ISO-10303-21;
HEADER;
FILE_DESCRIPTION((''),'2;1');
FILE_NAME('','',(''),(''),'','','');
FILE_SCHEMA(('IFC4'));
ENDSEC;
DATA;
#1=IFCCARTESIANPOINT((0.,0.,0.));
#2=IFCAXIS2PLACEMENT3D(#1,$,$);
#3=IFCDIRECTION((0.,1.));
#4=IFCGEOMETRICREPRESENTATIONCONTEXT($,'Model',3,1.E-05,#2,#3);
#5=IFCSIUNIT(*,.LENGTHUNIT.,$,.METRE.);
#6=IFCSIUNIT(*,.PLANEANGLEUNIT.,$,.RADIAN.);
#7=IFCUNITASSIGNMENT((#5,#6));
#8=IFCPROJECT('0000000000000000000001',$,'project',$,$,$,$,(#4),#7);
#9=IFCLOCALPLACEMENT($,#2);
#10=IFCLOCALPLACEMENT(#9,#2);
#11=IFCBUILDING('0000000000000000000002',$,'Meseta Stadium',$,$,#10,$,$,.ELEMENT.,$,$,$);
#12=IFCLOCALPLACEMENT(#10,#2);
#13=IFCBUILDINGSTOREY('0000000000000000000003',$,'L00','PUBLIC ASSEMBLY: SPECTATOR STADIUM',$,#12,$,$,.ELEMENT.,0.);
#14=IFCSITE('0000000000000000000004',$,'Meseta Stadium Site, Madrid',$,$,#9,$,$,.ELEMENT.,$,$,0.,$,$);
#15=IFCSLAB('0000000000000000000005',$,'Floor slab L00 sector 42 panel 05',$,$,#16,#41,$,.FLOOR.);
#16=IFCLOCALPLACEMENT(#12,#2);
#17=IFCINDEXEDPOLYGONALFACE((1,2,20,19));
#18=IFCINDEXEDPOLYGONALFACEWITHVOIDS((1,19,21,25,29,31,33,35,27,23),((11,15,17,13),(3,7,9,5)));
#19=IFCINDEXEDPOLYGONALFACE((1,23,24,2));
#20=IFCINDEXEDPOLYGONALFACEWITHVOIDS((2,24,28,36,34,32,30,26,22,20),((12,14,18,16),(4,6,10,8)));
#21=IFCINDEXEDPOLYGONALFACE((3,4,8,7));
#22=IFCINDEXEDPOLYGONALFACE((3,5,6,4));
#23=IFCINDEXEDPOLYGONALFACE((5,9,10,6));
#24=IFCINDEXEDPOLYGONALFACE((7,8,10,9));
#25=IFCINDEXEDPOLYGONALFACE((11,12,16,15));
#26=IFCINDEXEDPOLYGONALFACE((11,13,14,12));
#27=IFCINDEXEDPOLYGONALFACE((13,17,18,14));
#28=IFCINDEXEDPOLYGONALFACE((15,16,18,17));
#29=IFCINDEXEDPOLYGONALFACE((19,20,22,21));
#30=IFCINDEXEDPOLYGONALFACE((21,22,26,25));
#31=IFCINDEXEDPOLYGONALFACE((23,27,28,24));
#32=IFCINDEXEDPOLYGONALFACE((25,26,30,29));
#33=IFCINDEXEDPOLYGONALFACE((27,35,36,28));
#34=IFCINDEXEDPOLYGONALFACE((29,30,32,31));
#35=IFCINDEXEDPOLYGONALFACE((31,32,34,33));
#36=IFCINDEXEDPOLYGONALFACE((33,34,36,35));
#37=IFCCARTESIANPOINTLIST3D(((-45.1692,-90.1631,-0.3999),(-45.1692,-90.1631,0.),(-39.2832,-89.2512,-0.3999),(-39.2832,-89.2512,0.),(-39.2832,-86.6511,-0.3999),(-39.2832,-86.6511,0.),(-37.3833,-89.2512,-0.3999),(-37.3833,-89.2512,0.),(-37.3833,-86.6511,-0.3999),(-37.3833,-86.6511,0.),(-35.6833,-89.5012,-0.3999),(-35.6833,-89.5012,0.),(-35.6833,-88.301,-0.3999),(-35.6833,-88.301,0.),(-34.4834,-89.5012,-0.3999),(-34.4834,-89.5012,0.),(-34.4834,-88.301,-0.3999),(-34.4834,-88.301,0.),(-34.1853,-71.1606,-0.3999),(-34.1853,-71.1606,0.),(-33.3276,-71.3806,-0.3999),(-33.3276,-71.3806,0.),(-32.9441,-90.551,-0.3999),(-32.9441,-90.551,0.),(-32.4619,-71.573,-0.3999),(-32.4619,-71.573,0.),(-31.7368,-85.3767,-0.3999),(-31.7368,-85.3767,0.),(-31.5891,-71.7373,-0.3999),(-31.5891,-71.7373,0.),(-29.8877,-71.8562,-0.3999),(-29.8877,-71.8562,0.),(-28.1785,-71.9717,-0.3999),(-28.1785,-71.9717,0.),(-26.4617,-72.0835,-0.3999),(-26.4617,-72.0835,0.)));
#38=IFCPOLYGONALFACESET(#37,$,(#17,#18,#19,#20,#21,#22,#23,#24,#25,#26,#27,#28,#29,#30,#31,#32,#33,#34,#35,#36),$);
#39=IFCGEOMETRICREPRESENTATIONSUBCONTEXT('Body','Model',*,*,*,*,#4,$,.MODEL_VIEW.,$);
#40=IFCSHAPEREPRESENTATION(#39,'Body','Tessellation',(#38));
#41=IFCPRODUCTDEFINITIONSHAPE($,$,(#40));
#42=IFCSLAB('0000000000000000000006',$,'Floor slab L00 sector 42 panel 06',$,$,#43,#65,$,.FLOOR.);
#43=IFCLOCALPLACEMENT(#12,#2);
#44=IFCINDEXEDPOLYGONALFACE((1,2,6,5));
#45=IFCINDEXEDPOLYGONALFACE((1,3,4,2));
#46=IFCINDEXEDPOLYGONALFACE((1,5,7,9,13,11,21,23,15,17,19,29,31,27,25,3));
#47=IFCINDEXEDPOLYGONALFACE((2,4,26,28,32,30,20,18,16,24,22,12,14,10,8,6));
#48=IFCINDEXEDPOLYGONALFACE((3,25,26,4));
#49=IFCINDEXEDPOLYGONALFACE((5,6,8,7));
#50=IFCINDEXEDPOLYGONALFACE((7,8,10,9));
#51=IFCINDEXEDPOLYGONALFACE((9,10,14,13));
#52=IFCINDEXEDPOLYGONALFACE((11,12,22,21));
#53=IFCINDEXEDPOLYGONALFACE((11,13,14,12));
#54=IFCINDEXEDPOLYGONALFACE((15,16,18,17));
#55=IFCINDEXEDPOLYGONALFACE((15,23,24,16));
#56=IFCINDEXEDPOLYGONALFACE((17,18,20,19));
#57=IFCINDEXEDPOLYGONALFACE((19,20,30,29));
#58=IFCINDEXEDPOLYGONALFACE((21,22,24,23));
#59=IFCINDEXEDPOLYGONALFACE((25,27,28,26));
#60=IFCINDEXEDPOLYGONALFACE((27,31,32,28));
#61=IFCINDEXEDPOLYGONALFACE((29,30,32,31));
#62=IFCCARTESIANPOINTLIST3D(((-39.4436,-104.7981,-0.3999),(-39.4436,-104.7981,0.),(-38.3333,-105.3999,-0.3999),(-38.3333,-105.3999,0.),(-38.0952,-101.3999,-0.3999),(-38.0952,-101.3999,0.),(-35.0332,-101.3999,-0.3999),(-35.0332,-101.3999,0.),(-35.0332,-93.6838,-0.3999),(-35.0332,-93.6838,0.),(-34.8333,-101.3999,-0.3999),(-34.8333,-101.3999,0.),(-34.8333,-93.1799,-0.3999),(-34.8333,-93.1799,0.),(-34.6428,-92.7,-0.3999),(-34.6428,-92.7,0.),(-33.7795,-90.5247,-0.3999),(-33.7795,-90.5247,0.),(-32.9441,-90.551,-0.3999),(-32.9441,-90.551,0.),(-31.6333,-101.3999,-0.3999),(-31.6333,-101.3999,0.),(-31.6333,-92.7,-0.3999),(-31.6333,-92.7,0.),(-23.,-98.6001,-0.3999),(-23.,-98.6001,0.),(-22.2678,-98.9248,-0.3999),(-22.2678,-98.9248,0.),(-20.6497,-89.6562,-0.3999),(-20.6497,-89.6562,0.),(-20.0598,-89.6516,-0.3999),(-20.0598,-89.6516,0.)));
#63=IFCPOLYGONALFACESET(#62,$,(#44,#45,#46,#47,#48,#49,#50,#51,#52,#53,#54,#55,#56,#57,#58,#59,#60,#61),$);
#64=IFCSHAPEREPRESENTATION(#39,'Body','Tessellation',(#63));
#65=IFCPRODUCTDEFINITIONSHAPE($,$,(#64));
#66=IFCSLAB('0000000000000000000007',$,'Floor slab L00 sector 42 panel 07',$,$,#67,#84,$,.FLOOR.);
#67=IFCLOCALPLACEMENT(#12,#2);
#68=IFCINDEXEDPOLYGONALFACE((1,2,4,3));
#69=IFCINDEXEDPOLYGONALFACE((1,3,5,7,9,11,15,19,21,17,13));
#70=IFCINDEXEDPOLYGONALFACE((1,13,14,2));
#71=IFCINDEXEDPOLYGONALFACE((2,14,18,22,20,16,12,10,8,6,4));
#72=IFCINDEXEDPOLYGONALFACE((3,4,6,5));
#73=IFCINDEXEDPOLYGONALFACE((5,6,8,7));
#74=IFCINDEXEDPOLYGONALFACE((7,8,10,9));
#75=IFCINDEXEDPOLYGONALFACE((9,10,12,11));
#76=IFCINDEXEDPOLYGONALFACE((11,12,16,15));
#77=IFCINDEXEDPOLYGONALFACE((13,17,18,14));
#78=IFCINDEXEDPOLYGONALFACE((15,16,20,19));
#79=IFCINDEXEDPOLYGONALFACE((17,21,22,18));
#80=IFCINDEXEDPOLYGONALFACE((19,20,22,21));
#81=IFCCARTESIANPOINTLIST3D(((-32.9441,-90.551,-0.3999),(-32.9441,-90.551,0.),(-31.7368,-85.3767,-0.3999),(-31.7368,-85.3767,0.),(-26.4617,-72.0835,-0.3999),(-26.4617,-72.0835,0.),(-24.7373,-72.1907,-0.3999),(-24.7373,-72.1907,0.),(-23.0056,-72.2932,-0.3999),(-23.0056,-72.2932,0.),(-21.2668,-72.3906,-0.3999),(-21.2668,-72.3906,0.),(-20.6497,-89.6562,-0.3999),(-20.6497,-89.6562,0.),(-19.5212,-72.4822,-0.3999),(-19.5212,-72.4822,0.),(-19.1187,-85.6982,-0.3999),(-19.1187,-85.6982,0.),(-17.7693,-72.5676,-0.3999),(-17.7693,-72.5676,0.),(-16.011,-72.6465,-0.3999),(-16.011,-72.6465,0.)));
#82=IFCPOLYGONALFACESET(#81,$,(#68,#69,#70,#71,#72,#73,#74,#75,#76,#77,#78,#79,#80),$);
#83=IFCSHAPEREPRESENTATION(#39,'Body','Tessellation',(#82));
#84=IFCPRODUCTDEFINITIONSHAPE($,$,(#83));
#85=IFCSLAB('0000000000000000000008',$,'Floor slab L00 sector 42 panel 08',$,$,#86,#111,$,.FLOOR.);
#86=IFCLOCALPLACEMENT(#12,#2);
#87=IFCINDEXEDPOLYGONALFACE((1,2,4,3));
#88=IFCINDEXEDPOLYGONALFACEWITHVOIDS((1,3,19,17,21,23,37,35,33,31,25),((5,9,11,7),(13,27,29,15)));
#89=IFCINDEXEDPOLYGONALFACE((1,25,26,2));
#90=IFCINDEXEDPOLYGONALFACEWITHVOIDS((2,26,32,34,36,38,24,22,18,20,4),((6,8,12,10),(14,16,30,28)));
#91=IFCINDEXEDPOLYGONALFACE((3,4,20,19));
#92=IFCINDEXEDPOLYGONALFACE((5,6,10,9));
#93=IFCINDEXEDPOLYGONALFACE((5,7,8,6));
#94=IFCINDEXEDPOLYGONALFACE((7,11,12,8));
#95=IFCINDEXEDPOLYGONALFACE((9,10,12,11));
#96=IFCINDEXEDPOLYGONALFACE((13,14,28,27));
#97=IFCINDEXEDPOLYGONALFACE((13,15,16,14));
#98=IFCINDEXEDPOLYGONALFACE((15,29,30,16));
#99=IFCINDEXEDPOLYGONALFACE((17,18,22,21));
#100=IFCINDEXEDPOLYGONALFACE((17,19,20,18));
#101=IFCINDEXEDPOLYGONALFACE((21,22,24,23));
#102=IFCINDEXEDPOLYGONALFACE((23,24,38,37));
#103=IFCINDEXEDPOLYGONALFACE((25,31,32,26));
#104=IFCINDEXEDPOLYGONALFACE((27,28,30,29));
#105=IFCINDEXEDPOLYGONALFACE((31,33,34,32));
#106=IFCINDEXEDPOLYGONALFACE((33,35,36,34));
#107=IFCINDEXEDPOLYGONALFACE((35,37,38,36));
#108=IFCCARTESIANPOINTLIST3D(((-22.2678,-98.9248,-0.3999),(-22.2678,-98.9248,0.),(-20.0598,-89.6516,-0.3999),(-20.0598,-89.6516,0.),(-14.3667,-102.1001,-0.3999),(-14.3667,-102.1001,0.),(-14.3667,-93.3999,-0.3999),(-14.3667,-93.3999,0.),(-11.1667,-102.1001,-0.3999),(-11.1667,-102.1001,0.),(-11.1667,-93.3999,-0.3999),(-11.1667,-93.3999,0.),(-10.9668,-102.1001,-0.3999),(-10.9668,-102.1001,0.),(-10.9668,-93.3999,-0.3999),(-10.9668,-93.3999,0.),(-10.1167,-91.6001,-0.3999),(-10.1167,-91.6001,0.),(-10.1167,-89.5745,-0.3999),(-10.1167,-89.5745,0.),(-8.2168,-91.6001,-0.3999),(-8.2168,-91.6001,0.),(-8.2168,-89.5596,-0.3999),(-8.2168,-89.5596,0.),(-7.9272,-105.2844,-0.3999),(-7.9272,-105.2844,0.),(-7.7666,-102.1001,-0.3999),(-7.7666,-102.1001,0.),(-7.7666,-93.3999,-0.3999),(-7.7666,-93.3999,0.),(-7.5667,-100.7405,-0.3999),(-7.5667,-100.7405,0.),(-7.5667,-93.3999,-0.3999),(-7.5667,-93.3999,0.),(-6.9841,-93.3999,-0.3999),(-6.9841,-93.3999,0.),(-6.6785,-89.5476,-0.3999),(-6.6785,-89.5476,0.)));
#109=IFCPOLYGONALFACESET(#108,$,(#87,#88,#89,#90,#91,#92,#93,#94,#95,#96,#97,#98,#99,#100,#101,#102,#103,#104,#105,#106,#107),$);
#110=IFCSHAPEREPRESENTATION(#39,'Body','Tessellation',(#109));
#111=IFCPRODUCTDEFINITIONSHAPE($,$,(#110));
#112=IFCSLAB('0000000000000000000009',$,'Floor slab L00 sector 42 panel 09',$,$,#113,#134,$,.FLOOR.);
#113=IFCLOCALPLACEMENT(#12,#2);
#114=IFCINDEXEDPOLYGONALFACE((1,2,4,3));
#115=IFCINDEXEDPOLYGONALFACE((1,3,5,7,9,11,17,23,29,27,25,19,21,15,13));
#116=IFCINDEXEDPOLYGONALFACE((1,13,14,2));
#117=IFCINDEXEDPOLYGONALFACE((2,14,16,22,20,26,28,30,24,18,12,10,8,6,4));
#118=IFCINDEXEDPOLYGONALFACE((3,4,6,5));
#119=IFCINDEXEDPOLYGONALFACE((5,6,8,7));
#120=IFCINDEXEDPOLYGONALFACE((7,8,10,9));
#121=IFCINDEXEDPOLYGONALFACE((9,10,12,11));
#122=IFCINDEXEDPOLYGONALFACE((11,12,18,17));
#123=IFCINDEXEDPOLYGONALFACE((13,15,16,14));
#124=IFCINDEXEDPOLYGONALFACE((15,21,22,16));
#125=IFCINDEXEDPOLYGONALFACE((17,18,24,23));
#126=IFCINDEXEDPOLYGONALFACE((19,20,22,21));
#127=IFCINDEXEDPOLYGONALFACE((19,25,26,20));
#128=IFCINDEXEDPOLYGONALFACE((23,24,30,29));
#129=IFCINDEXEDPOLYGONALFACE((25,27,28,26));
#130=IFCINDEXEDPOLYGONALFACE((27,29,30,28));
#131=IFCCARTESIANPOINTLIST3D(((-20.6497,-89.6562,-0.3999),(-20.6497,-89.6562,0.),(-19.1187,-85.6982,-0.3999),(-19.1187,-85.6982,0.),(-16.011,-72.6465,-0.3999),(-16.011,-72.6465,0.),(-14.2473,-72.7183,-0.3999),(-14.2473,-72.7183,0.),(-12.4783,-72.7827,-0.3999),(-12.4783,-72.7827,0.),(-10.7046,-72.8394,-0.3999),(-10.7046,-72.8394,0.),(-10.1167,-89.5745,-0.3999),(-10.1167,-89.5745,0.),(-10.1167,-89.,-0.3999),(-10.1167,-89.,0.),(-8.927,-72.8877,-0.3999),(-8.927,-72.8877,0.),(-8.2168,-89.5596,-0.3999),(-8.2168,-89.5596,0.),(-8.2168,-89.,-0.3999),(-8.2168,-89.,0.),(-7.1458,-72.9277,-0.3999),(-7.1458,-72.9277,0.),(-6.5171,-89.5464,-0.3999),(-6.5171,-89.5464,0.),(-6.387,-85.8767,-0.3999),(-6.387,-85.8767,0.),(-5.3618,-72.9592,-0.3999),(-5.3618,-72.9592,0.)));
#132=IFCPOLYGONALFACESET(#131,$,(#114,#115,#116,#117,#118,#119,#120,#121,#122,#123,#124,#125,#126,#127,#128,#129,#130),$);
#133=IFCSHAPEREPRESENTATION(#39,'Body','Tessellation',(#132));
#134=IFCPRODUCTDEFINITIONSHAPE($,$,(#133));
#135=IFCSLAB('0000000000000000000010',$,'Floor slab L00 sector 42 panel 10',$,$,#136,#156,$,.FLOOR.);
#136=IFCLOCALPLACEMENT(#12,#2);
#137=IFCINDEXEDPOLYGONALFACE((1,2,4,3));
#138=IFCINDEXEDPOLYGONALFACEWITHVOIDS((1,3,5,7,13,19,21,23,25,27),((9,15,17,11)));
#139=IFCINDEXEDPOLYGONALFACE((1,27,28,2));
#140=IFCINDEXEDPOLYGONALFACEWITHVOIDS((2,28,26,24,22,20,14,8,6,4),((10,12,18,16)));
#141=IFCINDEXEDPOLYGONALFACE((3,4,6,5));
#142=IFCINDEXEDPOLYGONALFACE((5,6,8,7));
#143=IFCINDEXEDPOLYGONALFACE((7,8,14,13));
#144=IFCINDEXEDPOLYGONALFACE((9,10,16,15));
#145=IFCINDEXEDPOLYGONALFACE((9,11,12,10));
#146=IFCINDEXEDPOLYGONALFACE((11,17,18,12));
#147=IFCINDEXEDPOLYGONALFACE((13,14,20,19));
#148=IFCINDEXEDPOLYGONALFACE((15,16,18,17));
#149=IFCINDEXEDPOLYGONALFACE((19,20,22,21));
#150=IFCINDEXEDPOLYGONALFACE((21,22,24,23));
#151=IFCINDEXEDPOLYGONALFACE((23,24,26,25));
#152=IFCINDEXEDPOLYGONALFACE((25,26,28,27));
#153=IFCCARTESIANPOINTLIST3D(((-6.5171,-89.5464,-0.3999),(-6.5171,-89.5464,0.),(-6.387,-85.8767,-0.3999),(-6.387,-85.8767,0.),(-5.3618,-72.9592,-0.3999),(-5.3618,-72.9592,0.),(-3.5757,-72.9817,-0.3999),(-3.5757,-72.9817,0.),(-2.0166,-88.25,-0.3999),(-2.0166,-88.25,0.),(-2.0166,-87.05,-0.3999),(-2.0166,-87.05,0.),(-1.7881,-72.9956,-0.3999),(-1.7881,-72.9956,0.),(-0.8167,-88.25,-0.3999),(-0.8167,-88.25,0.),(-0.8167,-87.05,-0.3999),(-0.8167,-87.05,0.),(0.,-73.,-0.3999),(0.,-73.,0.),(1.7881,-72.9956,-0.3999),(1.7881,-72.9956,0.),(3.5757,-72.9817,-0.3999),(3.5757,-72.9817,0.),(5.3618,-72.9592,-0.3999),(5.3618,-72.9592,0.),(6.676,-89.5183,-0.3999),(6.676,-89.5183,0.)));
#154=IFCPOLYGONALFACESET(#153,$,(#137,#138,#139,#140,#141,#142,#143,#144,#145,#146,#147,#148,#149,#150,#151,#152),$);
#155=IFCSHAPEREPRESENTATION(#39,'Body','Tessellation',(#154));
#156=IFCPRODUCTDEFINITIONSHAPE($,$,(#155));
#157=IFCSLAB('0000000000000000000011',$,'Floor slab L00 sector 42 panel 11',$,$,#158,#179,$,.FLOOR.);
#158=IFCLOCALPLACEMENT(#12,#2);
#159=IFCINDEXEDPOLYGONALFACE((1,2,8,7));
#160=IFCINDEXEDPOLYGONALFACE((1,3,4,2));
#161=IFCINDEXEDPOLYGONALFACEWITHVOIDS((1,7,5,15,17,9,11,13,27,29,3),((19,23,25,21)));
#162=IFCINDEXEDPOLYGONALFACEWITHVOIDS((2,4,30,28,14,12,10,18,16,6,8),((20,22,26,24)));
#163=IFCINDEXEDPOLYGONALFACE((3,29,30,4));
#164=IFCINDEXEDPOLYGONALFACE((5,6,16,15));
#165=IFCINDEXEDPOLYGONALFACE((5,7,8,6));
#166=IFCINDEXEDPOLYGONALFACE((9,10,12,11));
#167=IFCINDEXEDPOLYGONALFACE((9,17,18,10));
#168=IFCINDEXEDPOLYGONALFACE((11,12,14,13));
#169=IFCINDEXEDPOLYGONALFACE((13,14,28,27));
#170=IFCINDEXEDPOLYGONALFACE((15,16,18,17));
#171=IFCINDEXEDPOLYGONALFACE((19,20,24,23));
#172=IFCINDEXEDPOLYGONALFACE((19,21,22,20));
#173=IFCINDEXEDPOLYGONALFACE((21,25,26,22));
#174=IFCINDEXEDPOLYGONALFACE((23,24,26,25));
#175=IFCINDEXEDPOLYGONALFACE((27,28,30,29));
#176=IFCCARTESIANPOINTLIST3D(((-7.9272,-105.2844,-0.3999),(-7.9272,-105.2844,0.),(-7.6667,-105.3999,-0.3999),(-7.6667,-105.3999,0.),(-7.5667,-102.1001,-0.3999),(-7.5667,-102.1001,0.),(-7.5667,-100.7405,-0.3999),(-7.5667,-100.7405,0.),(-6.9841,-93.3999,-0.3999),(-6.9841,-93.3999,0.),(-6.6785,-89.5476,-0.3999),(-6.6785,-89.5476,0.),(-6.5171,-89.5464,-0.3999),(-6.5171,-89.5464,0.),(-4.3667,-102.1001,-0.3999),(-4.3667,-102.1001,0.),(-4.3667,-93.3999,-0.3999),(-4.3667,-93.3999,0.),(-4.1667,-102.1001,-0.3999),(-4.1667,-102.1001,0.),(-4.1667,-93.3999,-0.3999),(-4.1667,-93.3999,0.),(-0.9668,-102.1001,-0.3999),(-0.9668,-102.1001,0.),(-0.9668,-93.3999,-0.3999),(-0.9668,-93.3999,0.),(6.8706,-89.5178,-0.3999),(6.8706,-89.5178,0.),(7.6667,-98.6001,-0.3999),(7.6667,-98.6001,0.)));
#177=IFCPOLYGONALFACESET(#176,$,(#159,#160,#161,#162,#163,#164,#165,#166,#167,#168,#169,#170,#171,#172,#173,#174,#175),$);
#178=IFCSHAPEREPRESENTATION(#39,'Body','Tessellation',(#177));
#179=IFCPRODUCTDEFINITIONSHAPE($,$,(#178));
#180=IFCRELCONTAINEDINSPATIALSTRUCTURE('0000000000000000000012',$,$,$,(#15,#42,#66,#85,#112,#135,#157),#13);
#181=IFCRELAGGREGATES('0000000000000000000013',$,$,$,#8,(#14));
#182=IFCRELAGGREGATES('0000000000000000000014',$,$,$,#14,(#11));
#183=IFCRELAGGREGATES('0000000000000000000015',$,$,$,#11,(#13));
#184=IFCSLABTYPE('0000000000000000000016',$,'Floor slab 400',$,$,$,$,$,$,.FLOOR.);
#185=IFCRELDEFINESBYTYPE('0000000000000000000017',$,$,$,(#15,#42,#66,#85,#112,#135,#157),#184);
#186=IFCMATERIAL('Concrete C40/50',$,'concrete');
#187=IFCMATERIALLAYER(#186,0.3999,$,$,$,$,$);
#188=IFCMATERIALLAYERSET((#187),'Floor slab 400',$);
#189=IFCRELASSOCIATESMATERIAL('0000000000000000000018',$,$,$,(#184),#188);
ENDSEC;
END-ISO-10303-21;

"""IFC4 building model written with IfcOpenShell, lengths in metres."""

from ifc_helpers import new_model, si_unit, direction, frame, origin, place, context, subcontext, project, spatial, polyline, outline, extrude, material, layer, layer_set, type_object, element, save


model = new_model("IFC4")

# Units and contexts
model_context = context("Model", 3, precision=1e-05, world=origin(), true_north=direction((0.0, 1.0)))
body_context = subcontext(model_context, "Body", "Model", "MODEL_VIEW")
ifc_project = project(units=[si_unit("LENGTHUNIT", "METRE"), si_unit("PLANEANGLEUNIT", "RADIAN")], contexts=[model_context])

# Site, building, storey
site_placement = place(None, origin())
site = spatial("IfcSite", under=ifc_project, at=site_placement, Name="Meseta Stadium Site, Madrid", CompositionType="ELEMENT", RefElevation=0.0)
building_placement = place(site_placement, origin())
building = spatial("IfcBuilding", under=site, at=building_placement, Name="Meseta Stadium", CompositionType="ELEMENT")
storey_placement = place(building_placement, origin())
storey = spatial("IfcBuildingStorey", under=building, at=storey_placement, Name="L00", Description="PUBLIC ASSEMBLY: SPECTATOR STADIUM", CompositionType="ELEMENT", Elevation=0.0)

# Slabs
ifc_material = material(Name="Concrete C40/50", Category="concrete")
ifc_layer = layer(ifc_material, 0.3999)
ifc_layer_set = layer_set([ifc_layer], Name="Floor slab 400")
slab_type = type_object("IfcSlabType", Name="Floor slab 400", PredefinedType="FLOOR", material=ifc_layer_set)
slab_1_placement = place(storey_placement, frame((0.0, 0.0, -0.3999)))
element("IfcSlab", 1, at=slab_1_placement, inside=storey, type_object=slab_type, Name="Floor slab L00 sector 42 panel 05", PredefinedType="FLOOR", context=body_context, shape_type="SweptSolid", body=[
    extrude(outline(polyline([(-32.9441, -90.551), (-31.7368, -85.3767), (-26.4617, -72.0835), (-28.1785, -71.9717), (-29.8877, -71.8562), (-31.5891, -71.7373), (-32.4619, -71.573), (-33.3276, -71.3806), (-34.1853, -71.1606), (-45.1692, -90.1631), (-32.9441, -90.551)]), holes=[polyline([(-39.2832, -86.6511), (-37.3833, -86.6511), (-37.3833, -89.2512), (-39.2832, -89.2512), (-39.2832, -86.6511)]), polyline([(-34.4834, -89.5012), (-35.6833, -89.5012), (-35.6833, -88.301), (-34.4834, -88.301), (-34.4834, -89.5012)])]), origin(), (0.0, 0.0, 1.0), 0.3999),
])
slab_2_placement = place(storey_placement, frame((0.0, 0.0, -0.3999)))
element("IfcSlab", 2, at=slab_2_placement, inside=storey, type_object=slab_type, Name="Floor slab L00 sector 42 panel 06", PredefinedType="FLOOR", context=body_context, shape_type="SweptSolid", body=[
    extrude(outline(polyline([(-35.0332, -93.6838), (-35.0332, -101.3999), (-38.0952, -101.3999), (-39.4436, -104.7981), (-38.3333, -105.3999), (-23.0, -98.6001), (-22.2678, -98.9248), (-20.0598, -89.6516), (-20.6497, -89.6562), (-32.9441, -90.551), (-33.7795, -90.5247), (-34.6428, -92.7), (-31.6333, -92.7), (-31.6333, -101.3999), (-34.8333, -101.3999), (-34.8333, -93.1799), (-35.0332, -93.6838)])), origin(), (0.0, 0.0, 1.0), 0.3999),
])
slab_3_placement = place(storey_placement, frame((0.0, 0.0, -0.3999)))
element("IfcSlab", 3, at=slab_3_placement, inside=storey, type_object=slab_type, Name="Floor slab L00 sector 42 panel 07", PredefinedType="FLOOR", context=body_context, shape_type="SweptSolid", body=[
    extrude(outline(polyline([(-20.6497, -89.6562), (-19.1187, -85.6982), (-16.011, -72.6465), (-17.7693, -72.5676), (-19.5212, -72.4822), (-21.2668, -72.3906), (-23.0056, -72.2932), (-24.7373, -72.1907), (-26.4617, -72.0835), (-31.7368, -85.3767), (-32.9441, -90.551), (-20.6497, -89.6562)])), origin(), (0.0, 0.0, 1.0), 0.3999),
])
slab_4_placement = place(storey_placement, frame((0.0, 0.0, -0.3999)))
element("IfcSlab", 4, at=slab_4_placement, inside=storey, type_object=slab_type, Name="Floor slab L00 sector 42 panel 08", PredefinedType="FLOOR", context=body_context, shape_type="SweptSolid", body=[
    extrude(outline(polyline([(-20.0598, -89.6516), (-22.2678, -98.9248), (-7.9272, -105.2844), (-7.5667, -100.7405), (-7.5667, -93.3999), (-6.9841, -93.3999), (-6.6785, -89.5476), (-8.2168, -89.5596), (-8.2168, -91.6001), (-10.1167, -91.6001), (-10.1167, -89.5745), (-20.0598, -89.6516)]), holes=[polyline([(-10.9668, -93.3999), (-7.7666, -93.3999), (-7.7666, -102.1001), (-10.9668, -102.1001), (-10.9668, -93.3999)]), polyline([(-14.3667, -93.3999), (-11.1667, -93.3999), (-11.1667, -102.1001), (-14.3667, -102.1001), (-14.3667, -93.3999)])]), origin(), (0.0, 0.0, 1.0), 0.3999),
])
slab_5_placement = place(storey_placement, frame((0.0, 0.0, -0.3999)))
element("IfcSlab", 5, at=slab_5_placement, inside=storey, type_object=slab_type, Name="Floor slab L00 sector 42 panel 09", PredefinedType="FLOOR", context=body_context, shape_type="SweptSolid", body=[
    extrude(outline(polyline([(-19.1187, -85.6982), (-20.6497, -89.6562), (-10.1167, -89.5745), (-10.1167, -89.0), (-8.2168, -89.0), (-8.2168, -89.5596), (-6.5171, -89.5464), (-6.387, -85.8767), (-5.3618, -72.9592), (-7.1458, -72.9277), (-8.927, -72.8877), (-10.7046, -72.8394), (-12.4783, -72.7827), (-14.2473, -72.7183), (-16.011, -72.6465), (-19.1187, -85.6982)])), origin(), (0.0, 0.0, 1.0), 0.3999),
])
slab_6_placement = place(storey_placement, frame((0.0, 0.0, -0.3999)))
element("IfcSlab", 6, at=slab_6_placement, inside=storey, type_object=slab_type, Name="Floor slab L00 sector 42 panel 10", PredefinedType="FLOOR", context=body_context, shape_type="SweptSolid", body=[
    extrude(outline(polyline([(-3.5757, -72.9817), (-5.3618, -72.9592), (-6.387, -85.8767), (-6.5171, -89.5464), (6.676, -89.5183), (5.3618, -72.9592), (3.5757, -72.9817), (1.7881, -72.9956), (0.0, -73.0), (-1.7881, -72.9956), (-3.5757, -72.9817)]), holes=[polyline([(-0.8167, -87.05), (-0.8167, -88.25), (-2.0166, -88.25), (-2.0166, -87.05), (-0.8167, -87.05)])]), origin(), (0.0, 0.0, 1.0), 0.3999),
])
slab_7_placement = place(storey_placement, frame((0.0, 0.0, -0.3999)))
element("IfcSlab", 7, at=slab_7_placement, inside=storey, type_object=slab_type, Name="Floor slab L00 sector 42 panel 11", PredefinedType="FLOOR", context=body_context, shape_type="SweptSolid", body=[
    extrude(outline(polyline([(-7.5667, -102.1001), (-7.5667, -100.7405), (-7.9272, -105.2844), (-7.6667, -105.3999), (7.6667, -98.6001), (6.8706, -89.5178), (-6.5171, -89.5464), (-6.6785, -89.5476), (-6.9841, -93.3999), (-4.3667, -93.3999), (-4.3667, -102.1001), (-7.5667, -102.1001)]), holes=[polyline([(-0.9668, -102.1001), (-4.1667, -102.1001), (-4.1667, -93.3999), (-0.9668, -93.3999), (-0.9668, -102.1001)])]), origin(), (0.0, 0.0, 1.0), 0.3999),
])

save(model, "model.ifc")
